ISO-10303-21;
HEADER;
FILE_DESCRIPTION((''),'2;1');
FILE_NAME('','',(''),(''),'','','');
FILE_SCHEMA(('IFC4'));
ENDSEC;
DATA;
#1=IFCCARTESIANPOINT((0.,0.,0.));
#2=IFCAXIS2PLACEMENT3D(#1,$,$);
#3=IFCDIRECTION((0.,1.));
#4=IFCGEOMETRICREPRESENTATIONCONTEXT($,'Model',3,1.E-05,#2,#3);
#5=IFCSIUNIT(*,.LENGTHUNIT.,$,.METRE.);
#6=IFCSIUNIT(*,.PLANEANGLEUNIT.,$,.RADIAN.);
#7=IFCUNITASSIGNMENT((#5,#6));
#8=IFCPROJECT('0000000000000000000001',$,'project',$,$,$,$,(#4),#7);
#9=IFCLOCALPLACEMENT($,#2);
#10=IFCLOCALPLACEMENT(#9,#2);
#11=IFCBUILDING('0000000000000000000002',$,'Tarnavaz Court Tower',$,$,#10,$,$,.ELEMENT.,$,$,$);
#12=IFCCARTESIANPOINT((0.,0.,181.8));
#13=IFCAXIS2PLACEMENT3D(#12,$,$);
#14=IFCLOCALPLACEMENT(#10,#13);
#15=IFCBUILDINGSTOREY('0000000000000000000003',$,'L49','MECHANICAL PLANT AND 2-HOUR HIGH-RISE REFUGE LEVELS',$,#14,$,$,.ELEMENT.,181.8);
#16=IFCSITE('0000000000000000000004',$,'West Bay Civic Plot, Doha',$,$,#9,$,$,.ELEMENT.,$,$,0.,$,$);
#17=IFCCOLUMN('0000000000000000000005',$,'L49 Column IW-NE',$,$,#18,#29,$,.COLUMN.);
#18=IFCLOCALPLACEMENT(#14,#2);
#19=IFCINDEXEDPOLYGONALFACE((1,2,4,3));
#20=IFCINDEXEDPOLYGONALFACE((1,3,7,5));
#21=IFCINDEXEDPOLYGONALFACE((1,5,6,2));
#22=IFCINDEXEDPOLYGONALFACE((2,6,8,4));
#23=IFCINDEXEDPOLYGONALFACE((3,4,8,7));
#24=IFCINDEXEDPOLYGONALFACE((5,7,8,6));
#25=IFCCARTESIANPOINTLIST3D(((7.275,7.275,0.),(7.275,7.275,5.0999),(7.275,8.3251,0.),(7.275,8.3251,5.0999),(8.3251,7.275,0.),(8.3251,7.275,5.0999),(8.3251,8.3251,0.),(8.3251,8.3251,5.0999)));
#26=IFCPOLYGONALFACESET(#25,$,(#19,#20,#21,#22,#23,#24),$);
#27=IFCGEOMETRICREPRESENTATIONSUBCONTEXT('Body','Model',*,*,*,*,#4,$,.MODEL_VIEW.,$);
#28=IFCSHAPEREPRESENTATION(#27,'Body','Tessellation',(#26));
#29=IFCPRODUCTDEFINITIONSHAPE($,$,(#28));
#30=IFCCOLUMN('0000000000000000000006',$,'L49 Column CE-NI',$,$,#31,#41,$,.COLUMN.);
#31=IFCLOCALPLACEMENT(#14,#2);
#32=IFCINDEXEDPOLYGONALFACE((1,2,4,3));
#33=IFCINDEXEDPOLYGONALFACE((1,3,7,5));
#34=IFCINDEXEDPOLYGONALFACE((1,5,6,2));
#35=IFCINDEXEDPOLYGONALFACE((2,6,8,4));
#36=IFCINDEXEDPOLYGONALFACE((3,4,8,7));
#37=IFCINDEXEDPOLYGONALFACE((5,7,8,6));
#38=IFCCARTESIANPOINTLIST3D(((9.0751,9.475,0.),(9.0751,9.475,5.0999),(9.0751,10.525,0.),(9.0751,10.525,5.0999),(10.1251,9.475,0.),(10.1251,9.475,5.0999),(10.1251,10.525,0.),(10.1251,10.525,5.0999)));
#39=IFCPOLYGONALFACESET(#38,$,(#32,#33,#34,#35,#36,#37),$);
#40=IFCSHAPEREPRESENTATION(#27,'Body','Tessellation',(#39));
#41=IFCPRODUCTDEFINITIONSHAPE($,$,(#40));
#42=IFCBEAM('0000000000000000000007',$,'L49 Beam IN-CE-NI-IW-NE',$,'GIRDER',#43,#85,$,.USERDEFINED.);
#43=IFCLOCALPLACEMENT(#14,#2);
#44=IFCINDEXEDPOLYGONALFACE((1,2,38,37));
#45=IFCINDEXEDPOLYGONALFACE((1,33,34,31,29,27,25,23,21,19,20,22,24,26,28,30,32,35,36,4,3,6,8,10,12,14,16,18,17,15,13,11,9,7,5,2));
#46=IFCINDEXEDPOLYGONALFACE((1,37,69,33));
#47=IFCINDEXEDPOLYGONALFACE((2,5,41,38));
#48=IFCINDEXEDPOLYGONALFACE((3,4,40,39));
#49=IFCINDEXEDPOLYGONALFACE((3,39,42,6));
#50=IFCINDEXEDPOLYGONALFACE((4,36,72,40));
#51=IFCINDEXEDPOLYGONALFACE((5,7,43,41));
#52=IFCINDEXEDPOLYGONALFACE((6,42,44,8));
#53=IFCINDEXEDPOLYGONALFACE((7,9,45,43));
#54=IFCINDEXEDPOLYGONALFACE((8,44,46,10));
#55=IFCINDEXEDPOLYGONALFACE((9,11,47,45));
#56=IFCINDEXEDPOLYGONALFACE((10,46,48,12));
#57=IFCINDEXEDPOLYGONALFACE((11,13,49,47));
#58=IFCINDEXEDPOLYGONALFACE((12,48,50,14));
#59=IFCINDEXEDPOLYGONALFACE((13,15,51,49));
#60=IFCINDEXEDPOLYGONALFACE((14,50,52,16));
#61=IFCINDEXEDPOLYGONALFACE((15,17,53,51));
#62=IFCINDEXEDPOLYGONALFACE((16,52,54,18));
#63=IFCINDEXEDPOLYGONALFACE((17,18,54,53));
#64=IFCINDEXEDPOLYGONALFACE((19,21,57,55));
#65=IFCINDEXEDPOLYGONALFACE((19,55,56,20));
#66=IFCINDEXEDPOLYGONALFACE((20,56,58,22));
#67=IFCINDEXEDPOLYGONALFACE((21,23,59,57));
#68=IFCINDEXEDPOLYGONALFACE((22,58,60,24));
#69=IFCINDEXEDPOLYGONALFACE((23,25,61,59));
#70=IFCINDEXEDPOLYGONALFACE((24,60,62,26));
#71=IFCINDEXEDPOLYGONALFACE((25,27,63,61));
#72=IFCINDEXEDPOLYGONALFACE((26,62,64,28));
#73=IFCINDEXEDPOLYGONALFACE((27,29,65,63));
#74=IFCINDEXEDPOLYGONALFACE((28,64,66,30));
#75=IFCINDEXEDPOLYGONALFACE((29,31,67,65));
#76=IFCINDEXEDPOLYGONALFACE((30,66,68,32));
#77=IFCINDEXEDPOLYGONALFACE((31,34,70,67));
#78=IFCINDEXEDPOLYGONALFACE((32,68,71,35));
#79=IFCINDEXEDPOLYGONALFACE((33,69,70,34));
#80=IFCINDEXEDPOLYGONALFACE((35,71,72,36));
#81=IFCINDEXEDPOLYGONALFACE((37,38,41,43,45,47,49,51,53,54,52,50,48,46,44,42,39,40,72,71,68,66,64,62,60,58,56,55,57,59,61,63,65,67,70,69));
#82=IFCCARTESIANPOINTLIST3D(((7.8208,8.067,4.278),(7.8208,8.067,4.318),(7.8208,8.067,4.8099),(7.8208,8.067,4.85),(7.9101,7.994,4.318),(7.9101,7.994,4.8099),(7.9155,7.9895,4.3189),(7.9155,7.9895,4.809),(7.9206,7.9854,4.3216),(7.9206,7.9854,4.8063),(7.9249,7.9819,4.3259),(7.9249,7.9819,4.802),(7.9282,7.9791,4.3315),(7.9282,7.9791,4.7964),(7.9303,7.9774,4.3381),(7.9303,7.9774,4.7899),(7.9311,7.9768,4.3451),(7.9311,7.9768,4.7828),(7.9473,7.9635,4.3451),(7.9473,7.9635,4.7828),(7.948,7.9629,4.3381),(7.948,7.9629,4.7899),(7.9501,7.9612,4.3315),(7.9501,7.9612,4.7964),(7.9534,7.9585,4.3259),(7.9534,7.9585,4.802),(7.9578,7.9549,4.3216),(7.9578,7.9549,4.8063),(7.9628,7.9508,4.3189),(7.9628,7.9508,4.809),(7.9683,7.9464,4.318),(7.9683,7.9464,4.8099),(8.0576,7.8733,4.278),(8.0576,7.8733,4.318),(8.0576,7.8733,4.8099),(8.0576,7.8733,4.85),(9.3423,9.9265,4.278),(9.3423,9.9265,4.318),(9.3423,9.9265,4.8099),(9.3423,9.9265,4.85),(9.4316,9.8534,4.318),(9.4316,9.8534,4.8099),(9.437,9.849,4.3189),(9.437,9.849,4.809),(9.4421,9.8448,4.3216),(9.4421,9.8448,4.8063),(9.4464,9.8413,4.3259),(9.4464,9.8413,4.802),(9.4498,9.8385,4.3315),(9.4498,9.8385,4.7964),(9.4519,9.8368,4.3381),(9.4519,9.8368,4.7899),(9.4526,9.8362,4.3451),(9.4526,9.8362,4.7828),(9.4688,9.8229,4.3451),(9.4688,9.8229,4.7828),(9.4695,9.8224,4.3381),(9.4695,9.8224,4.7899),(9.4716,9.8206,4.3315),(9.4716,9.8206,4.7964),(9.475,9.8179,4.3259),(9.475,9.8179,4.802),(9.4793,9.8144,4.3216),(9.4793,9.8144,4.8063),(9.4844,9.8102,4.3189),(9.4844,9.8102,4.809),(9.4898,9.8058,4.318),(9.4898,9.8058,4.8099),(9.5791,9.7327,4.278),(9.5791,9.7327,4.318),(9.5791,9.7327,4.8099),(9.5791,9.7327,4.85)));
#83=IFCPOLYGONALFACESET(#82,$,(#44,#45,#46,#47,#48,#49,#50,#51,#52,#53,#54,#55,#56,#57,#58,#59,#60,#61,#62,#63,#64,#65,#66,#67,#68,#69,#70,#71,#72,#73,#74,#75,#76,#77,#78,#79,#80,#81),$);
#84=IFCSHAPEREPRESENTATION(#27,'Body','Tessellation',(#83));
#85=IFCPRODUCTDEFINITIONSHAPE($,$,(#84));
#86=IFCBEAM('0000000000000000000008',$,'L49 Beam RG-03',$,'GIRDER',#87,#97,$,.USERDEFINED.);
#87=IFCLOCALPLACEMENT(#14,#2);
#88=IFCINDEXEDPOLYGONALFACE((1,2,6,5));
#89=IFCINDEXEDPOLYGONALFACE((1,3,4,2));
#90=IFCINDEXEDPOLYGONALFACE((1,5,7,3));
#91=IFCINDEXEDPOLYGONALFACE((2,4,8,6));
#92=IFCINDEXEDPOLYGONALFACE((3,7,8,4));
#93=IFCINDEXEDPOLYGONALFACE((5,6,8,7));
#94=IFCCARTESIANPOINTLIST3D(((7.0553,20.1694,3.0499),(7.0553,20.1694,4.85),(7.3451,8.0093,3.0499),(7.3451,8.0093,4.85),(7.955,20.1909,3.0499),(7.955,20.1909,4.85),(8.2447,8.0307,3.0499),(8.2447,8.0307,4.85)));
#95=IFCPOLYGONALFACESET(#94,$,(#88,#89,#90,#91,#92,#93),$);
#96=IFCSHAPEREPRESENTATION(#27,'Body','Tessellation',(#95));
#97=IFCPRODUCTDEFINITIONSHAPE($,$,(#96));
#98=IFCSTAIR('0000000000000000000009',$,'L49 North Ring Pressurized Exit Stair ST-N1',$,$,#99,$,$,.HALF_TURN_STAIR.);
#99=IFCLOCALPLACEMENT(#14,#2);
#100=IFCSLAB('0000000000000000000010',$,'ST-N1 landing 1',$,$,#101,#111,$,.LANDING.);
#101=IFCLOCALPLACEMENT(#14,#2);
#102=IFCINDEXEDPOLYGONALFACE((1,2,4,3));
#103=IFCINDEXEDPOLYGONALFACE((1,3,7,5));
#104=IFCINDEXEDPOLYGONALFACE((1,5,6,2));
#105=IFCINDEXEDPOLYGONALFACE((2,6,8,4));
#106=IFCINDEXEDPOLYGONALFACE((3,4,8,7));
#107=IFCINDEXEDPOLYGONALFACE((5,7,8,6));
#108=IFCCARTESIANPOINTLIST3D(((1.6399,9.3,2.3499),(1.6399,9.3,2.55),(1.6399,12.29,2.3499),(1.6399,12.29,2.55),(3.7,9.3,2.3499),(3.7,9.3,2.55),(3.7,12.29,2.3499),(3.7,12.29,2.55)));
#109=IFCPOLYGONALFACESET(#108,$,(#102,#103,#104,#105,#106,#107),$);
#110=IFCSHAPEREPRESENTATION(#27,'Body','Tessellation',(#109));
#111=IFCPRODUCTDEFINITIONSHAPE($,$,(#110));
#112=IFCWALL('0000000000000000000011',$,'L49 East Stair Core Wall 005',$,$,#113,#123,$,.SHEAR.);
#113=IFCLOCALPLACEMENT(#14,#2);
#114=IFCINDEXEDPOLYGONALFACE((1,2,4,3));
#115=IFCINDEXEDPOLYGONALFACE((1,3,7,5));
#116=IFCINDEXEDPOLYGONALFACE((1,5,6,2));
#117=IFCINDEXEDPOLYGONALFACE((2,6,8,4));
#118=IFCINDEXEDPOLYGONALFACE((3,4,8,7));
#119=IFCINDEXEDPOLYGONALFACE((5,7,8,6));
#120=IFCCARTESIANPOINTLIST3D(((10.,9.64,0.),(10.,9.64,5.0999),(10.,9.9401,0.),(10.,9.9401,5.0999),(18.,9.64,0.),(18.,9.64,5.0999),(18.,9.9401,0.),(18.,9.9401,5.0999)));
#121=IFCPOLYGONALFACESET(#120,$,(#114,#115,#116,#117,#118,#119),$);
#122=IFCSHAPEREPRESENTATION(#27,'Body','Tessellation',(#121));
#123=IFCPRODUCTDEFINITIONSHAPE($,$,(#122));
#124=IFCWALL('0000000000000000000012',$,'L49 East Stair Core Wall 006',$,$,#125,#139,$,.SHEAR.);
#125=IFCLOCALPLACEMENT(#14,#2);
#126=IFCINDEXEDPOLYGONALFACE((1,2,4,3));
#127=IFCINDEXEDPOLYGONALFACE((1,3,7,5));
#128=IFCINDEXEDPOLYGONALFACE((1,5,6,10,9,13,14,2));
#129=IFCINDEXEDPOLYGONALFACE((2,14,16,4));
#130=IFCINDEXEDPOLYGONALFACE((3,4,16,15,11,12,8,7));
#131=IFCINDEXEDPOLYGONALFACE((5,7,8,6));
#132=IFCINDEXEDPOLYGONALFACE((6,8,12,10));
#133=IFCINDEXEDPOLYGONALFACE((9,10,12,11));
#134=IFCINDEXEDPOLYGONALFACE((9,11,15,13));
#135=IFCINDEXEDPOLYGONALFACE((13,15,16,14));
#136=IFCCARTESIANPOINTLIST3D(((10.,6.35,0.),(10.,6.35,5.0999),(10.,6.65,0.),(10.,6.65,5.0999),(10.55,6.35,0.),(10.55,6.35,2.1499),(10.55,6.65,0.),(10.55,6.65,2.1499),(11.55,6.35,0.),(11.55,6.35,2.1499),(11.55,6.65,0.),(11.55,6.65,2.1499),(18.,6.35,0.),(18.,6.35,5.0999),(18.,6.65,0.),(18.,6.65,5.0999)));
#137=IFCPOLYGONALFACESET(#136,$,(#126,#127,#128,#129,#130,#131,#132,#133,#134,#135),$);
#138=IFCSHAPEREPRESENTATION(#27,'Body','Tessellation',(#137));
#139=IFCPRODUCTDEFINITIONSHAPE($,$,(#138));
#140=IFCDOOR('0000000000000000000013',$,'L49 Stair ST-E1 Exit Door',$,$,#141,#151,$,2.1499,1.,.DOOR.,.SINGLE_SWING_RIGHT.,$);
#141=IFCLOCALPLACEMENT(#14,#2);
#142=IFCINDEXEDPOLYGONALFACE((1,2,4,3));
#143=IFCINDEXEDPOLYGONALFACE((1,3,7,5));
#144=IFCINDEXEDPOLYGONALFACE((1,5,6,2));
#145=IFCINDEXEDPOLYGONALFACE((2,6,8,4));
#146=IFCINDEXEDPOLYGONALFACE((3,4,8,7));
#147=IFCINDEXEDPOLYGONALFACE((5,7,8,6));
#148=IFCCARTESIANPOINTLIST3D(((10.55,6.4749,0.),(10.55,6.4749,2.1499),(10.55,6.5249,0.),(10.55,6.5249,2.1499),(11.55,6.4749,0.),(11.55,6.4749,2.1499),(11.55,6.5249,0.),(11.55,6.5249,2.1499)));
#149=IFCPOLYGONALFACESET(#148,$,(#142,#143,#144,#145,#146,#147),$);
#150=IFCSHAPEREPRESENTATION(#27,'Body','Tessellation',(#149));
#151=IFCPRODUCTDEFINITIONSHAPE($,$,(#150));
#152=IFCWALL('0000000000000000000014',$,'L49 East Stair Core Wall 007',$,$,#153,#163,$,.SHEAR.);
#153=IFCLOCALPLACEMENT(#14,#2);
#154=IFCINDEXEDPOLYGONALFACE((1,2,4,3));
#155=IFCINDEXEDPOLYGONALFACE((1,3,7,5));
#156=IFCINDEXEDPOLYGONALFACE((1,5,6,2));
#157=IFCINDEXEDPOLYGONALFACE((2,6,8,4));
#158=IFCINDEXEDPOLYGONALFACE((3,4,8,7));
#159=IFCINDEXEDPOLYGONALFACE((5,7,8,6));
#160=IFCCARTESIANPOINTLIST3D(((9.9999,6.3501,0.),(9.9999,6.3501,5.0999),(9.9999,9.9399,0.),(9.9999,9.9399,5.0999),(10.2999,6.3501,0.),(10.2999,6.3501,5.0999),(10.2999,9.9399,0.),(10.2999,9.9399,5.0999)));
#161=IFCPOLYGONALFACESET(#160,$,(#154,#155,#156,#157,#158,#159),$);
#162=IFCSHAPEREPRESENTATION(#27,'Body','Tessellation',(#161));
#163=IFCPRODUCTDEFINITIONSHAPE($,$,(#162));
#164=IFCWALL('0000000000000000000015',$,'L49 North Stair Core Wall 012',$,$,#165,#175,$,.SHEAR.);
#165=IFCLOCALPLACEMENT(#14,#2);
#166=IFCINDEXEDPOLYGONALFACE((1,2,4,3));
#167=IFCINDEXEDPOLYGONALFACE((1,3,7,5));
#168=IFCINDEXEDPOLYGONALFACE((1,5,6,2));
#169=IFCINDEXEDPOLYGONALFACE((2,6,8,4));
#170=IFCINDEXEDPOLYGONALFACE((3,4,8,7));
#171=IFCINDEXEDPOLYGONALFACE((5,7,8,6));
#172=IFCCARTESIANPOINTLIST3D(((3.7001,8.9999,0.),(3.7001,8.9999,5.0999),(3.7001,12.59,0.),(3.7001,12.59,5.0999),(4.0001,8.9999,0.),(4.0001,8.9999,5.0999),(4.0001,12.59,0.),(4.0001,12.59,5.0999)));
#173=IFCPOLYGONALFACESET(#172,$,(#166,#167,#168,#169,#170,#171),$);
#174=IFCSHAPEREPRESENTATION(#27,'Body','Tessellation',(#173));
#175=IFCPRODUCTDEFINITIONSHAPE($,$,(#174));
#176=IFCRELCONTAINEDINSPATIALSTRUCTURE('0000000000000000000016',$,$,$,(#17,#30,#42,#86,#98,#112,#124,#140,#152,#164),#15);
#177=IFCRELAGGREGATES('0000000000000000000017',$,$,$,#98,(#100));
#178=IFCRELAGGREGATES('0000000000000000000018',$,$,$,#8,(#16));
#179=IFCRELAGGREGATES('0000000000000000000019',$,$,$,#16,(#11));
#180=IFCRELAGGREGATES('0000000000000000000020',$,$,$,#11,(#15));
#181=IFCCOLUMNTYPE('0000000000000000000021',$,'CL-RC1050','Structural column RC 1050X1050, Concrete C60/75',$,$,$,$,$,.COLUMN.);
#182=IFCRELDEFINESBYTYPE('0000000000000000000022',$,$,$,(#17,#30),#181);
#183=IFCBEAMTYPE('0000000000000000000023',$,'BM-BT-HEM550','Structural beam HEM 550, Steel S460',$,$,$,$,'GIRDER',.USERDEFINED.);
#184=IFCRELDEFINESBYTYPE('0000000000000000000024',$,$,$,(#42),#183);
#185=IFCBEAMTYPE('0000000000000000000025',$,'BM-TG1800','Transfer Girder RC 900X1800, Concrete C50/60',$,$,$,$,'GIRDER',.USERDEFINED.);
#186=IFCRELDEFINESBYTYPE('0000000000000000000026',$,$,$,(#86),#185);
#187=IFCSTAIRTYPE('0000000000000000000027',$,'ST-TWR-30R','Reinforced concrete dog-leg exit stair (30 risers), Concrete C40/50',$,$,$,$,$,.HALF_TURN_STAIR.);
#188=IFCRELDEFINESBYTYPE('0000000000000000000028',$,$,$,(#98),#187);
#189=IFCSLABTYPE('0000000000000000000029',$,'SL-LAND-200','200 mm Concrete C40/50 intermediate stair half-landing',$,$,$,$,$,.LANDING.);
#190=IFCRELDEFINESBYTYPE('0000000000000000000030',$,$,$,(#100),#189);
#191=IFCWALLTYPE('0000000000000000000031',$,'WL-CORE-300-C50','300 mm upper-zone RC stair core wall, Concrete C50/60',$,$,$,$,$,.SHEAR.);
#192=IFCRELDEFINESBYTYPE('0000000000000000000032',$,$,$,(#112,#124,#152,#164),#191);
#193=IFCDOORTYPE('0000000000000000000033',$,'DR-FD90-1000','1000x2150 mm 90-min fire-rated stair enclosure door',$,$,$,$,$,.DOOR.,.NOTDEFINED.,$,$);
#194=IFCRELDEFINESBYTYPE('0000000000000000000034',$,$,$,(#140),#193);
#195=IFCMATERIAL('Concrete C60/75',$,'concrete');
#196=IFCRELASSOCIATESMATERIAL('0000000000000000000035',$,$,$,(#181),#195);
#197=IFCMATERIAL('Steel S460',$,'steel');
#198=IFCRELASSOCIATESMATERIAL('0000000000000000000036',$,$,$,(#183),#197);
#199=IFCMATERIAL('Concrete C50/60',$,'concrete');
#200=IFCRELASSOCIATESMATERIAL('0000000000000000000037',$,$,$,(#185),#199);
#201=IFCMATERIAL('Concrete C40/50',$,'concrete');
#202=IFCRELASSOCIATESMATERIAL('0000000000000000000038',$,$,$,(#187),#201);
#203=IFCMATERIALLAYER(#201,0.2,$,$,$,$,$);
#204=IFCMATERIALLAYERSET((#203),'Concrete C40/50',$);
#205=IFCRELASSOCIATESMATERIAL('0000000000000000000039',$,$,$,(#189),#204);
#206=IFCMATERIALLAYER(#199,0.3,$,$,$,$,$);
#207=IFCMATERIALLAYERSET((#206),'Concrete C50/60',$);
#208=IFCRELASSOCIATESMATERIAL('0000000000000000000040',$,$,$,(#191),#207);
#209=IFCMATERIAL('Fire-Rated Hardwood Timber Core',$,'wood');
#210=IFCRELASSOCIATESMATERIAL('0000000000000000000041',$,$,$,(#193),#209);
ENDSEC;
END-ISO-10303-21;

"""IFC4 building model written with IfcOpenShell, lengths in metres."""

from ifc_helpers import new_model, si_unit, direction, frame, frame_2d, origin, origin_2d, place, context, subcontext, project, spatial, polyline, rectangle, i_section, outline, extrude, material, layer, layer_set, material_profile, profile_set, type_object, element, fill, aggregate, save


model = new_model("IFC4")

# Units and contexts
model_context = context("Model", 3, precision=1e-05, world=origin(), true_north=direction((0.0, 1.0)))
body_context = subcontext(model_context, "Body", "Model", "MODEL_VIEW")
ifc_project = project(units=[si_unit("LENGTHUNIT", "METRE"), si_unit("PLANEANGLEUNIT", "RADIAN")], contexts=[model_context])

# Site, building, storey
site_placement = place(None, origin())
site = spatial("IfcSite", under=ifc_project, at=site_placement, Name="West Bay Civic Plot, Doha", CompositionType="ELEMENT", RefElevation=0.0)
building_placement = place(site_placement, origin())
building = spatial("IfcBuilding", under=site, at=building_placement, Name="Tarnavaz Court Tower", CompositionType="ELEMENT")
storey_placement = place(building_placement, frame((0.0, 0.0, 181.8)))
storey = spatial("IfcBuildingStorey", under=building, at=storey_placement, Name="L49", Description="MECHANICAL PLANT AND 2-HOUR HIGH-RISE REFUGE LEVELS", CompositionType="ELEMENT", Elevation=181.8)

# Columns
ifc_material_1 = material(Name="Concrete C60/75", Category="concrete")
ifc_material_profile_1 = material_profile(ifc_material_1, rectangle(XDim=1.05, YDim=1.05, at=origin_2d()), Name="RC 1050X1050")
ifc_profile_set_1 = profile_set([ifc_material_profile_1], Name="Concrete C60/75")
column_type = type_object("IfcColumnType", Name="CL-RC1050", Description="Structural column RC 1050X1050, Concrete C60/75", PredefinedType="COLUMN", material=ifc_profile_set_1)
for number, where, z_axis, x_axis, name in (
    (1, (7.8, 7.8, 0.0), (0.0, 0.0, 1.0), (1.0, 0.0, 0.0), "L49 Column IW-NE"),
    (2, (9.6001, 10.0, 0.0), (0.0, 0.0, 1.0), (1.0, 0.0, 0.0), "L49 Column CE-NI"),
):
    element("IfcColumn", number, at=place(storey_placement, frame(where, z_axis=z_axis, x_axis=x_axis)), inside=storey, type_object=column_type, Name=name, PredefinedType="COLUMN", context=body_context, shape_type="SweptSolid", body=[
        extrude(rectangle(XDim=1.05, YDim=1.05, at=origin_2d()), origin(), (0.0, 0.0, 1.0), 5.0999),
    ])

# Beams
ifc_material_2 = material(Name="Steel S460", Category="steel")
ifc_material_profile_2 = material_profile(ifc_material_2, i_section(OverallWidth=0.3059, OverallDepth=0.572, WebThickness=0.021, FlangeThickness=0.04, FilletRadius=0.0271, at=origin_2d()), Name="HEM 550")
ifc_profile_set_2 = profile_set([ifc_material_profile_2], Name="Steel S460")
beam_type_1 = type_object("IfcBeamType", Name="BM-BT-HEM550", Description="Structural beam HEM 550, Steel S460", ElementType="GIRDER", PredefinedType="USERDEFINED", material=ifc_profile_set_2)
beam_1_placement = place(storey_placement, frame((9.4607, 9.8296, 4.564), z_axis=(-0.633282, -0.773921, 0.0), x_axis=(0.773921, -0.633282, 0.0)))
element("IfcBeam", 3, at=beam_1_placement, inside=storey, type_object=beam_type_1, Name="L49 Beam IN-CE-NI-IW-NE", ObjectType="GIRDER", PredefinedType="USERDEFINED", context=body_context, shape_type="SweptSolid", body=[
    extrude(i_section(OverallWidth=0.3059, OverallDepth=0.572, WebThickness=0.021, FlangeThickness=0.04, FilletRadius=0.0271, at=origin_2d()), origin(), (0.0, 0.0, 1.0), 2.4026),
])
ifc_material_3 = material(Name="Concrete C50/60", Category="concrete")
ifc_material_profile_3 = material_profile(ifc_material_3, rectangle(XDim=0.8999, YDim=1.8, at=origin_2d()), Name="RC 900X1800")
ifc_profile_set_3 = profile_set([ifc_material_profile_3], Name="Concrete C50/60")
beam_type_2 = type_object("IfcBeamType", Name="BM-TG1800", Description="Transfer Girder RC 900X1800, Concrete C50/60", ElementType="GIRDER", PredefinedType="USERDEFINED", material=ifc_profile_set_3)
beam_2_placement = place(storey_placement, frame((7.7949, 8.02, 3.95), z_axis=(-0.023825, 0.999716, 0.0), x_axis=(-0.999716, -0.023825, 0.0)))
element("IfcBeam", 4, at=beam_2_placement, inside=storey, type_object=beam_type_2, Name="L49 Beam RG-03", ObjectType="GIRDER", PredefinedType="USERDEFINED", context=body_context, shape_type="SweptSolid", body=[
    extrude(rectangle(XDim=0.8999, YDim=1.8, at=origin_2d()), origin(), (0.0, 0.0, 1.0), 12.1636),
])

# Stair, slab
ifc_material_4 = material(Name="Concrete C40/50", Category="concrete")
stair_type = type_object("IfcStairType", Name="ST-TWR-30R", Description="Reinforced concrete dog-leg exit stair (30 risers), Concrete C40/50", PredefinedType="HALF_TURN_STAIR", material=ifc_material_4)
stair_1_placement = place(storey_placement, origin())
stair_1 = element("IfcStair", 5, at=stair_1_placement, inside=storey, type_object=stair_type, Name="L49 North Ring Pressurized Exit Stair ST-N1", PredefinedType="HALF_TURN_STAIR")
ifc_layer_1 = layer(ifc_material_4, 0.2)
ifc_layer_set_1 = layer_set([ifc_layer_1], Name="Concrete C40/50")
slab_type = type_object("IfcSlabType", Name="SL-LAND-200", Description="200 mm Concrete C40/50 intermediate stair half-landing", PredefinedType="LANDING", material=ifc_layer_set_1)
slab_placement = place(storey_placement, frame((0.0, 0.0, 2.3499)))
slab = element("IfcSlab", 6, at=slab_placement, type_object=slab_type, Name="ST-N1 landing 1", PredefinedType="LANDING", context=body_context, shape_type="SweptSolid", body=[
    extrude(outline(polyline([(1.6399, 9.3), (3.7, 9.3), (3.7, 12.29), (1.6399, 12.29), (1.6399, 9.3)])), origin(), (0.0, 0.0, 1.0), 0.2002),
])
aggregate(stair_1, [slab])

# Wall
ifc_layer_2 = layer(ifc_material_3, 0.3)
ifc_layer_set_2 = layer_set([ifc_layer_2], Name="Concrete C50/60")
wall_type_1 = type_object("IfcWallType", Name="WL-CORE-300-C50", Description="300 mm upper-zone RC stair core wall, Concrete C50/60", PredefinedType="SHEAR", material=ifc_layer_set_2)
wall_1_placement = place(storey_placement, frame((10.0, 9.79, 0.0), z_axis=(0.0, 0.0, 1.0), x_axis=(1.0, 0.0, 0.0)))
element("IfcWall", 7, at=wall_1_placement, inside=storey, type_object=wall_type_1, Name="L49 East Stair Core Wall 005", PredefinedType="SHEAR", context=body_context, shape_type="SweptSolid", body=[
    extrude(rectangle(XDim=8.0, YDim=0.3, at=frame_2d((4.0, 0.0))), origin(), (0.0, 0.0, 1.0), 5.0999),
])

# Wall, opening, door
wall_2_placement = place(storey_placement, frame((10.0, 6.5, 0.0), z_axis=(0.0, 0.0, 1.0), x_axis=(1.0, 0.0, 0.0)))
wall_2 = element("IfcWall", 8, at=wall_2_placement, inside=storey, type_object=wall_type_1, Name="L49 East Stair Core Wall 006", PredefinedType="SHEAR", context=body_context, shape_type="SweptSolid", body=[
    extrude(rectangle(XDim=8.0, YDim=0.3, at=frame_2d((4.0, 0.0))), origin(), (0.0, 0.0, 1.0), 5.0999),
])
opening_1_placement = place(wall_2_placement, frame((0.55, 0.0, 0.0)))
opening_1 = element("IfcOpeningElement", 9, at=opening_1_placement, cuts=wall_2, PredefinedType="OPENING", context=body_context, shape_type="SweptSolid", body=[
    extrude(rectangle(XDim=1.0, YDim=2.1499, at=frame_2d((0.5, 1.075))), frame((0.0, 0.1599, 0.0), z_axis=(0.0, -1.0, 0.0), x_axis=(1.0, 0.0, 0.0)), (0.0, 0.0, 1.0), 0.3201),
])
ifc_material_5 = material(Name="Fire-Rated Hardwood Timber Core", Category="wood")
door_type_1 = type_object("IfcDoorType", Name="DR-FD90-1000", Description="1000x2150 mm 90-min fire-rated stair enclosure door", OperationType="NOTDEFINED", PredefinedType="DOOR", material=ifc_material_5)
door_1_placement = place(opening_1_placement, origin())
door_1 = element("IfcDoor", 10, at=door_1_placement, inside=storey, type_object=door_type_1, Name="L49 Stair ST-E1 Exit Door", OperationType="SINGLE_SWING_RIGHT", OverallHeight=2.1499, OverallWidth=1.0, PredefinedType="DOOR", context=body_context, shape_type="SweptSolid", body=[
    extrude(rectangle(XDim=1.0, YDim=2.1499, at=frame_2d((0.5, 1.075))), frame((0.0, 0.0249, 0.0), z_axis=(0.0, -1.0, 0.0), x_axis=(1.0, 0.0, 0.0)), (0.0, 0.0, 1.0), 0.05),
])
fill(opening_1, door_1)

# Walls
wall_3_placement = place(storey_placement, frame((10.1499, 6.3501, 0.0), z_axis=(0.0, 0.0, 1.0), x_axis=(0.0, 1.0, 0.0)))
element("IfcWall", 11, at=wall_3_placement, inside=storey, type_object=wall_type_1, Name="L49 East Stair Core Wall 007", PredefinedType="SHEAR", context=body_context, shape_type="SweptSolid", body=[
    extrude(rectangle(XDim=3.5898, YDim=0.3, at=frame_2d((1.7949, 0.0))), origin(), (0.0, 0.0, 1.0), 5.0999),
])
wall_4_placement = place(storey_placement, frame((3.8501, 9.0, 0.0), z_axis=(0.0, 0.0, 1.0), x_axis=(0.0, 1.0, 0.0)))
element("IfcWall", 12, at=wall_4_placement, inside=storey, type_object=wall_type_1, Name="L49 North Stair Core Wall 012", PredefinedType="SHEAR", context=body_context, shape_type="SweptSolid", body=[
    extrude(rectangle(XDim=3.5901, YDim=0.3, at=frame_2d((1.7949, 0.0))), origin(), (0.0, 0.0, 1.0), 5.0999),
])

save(model, "model.ifc")
